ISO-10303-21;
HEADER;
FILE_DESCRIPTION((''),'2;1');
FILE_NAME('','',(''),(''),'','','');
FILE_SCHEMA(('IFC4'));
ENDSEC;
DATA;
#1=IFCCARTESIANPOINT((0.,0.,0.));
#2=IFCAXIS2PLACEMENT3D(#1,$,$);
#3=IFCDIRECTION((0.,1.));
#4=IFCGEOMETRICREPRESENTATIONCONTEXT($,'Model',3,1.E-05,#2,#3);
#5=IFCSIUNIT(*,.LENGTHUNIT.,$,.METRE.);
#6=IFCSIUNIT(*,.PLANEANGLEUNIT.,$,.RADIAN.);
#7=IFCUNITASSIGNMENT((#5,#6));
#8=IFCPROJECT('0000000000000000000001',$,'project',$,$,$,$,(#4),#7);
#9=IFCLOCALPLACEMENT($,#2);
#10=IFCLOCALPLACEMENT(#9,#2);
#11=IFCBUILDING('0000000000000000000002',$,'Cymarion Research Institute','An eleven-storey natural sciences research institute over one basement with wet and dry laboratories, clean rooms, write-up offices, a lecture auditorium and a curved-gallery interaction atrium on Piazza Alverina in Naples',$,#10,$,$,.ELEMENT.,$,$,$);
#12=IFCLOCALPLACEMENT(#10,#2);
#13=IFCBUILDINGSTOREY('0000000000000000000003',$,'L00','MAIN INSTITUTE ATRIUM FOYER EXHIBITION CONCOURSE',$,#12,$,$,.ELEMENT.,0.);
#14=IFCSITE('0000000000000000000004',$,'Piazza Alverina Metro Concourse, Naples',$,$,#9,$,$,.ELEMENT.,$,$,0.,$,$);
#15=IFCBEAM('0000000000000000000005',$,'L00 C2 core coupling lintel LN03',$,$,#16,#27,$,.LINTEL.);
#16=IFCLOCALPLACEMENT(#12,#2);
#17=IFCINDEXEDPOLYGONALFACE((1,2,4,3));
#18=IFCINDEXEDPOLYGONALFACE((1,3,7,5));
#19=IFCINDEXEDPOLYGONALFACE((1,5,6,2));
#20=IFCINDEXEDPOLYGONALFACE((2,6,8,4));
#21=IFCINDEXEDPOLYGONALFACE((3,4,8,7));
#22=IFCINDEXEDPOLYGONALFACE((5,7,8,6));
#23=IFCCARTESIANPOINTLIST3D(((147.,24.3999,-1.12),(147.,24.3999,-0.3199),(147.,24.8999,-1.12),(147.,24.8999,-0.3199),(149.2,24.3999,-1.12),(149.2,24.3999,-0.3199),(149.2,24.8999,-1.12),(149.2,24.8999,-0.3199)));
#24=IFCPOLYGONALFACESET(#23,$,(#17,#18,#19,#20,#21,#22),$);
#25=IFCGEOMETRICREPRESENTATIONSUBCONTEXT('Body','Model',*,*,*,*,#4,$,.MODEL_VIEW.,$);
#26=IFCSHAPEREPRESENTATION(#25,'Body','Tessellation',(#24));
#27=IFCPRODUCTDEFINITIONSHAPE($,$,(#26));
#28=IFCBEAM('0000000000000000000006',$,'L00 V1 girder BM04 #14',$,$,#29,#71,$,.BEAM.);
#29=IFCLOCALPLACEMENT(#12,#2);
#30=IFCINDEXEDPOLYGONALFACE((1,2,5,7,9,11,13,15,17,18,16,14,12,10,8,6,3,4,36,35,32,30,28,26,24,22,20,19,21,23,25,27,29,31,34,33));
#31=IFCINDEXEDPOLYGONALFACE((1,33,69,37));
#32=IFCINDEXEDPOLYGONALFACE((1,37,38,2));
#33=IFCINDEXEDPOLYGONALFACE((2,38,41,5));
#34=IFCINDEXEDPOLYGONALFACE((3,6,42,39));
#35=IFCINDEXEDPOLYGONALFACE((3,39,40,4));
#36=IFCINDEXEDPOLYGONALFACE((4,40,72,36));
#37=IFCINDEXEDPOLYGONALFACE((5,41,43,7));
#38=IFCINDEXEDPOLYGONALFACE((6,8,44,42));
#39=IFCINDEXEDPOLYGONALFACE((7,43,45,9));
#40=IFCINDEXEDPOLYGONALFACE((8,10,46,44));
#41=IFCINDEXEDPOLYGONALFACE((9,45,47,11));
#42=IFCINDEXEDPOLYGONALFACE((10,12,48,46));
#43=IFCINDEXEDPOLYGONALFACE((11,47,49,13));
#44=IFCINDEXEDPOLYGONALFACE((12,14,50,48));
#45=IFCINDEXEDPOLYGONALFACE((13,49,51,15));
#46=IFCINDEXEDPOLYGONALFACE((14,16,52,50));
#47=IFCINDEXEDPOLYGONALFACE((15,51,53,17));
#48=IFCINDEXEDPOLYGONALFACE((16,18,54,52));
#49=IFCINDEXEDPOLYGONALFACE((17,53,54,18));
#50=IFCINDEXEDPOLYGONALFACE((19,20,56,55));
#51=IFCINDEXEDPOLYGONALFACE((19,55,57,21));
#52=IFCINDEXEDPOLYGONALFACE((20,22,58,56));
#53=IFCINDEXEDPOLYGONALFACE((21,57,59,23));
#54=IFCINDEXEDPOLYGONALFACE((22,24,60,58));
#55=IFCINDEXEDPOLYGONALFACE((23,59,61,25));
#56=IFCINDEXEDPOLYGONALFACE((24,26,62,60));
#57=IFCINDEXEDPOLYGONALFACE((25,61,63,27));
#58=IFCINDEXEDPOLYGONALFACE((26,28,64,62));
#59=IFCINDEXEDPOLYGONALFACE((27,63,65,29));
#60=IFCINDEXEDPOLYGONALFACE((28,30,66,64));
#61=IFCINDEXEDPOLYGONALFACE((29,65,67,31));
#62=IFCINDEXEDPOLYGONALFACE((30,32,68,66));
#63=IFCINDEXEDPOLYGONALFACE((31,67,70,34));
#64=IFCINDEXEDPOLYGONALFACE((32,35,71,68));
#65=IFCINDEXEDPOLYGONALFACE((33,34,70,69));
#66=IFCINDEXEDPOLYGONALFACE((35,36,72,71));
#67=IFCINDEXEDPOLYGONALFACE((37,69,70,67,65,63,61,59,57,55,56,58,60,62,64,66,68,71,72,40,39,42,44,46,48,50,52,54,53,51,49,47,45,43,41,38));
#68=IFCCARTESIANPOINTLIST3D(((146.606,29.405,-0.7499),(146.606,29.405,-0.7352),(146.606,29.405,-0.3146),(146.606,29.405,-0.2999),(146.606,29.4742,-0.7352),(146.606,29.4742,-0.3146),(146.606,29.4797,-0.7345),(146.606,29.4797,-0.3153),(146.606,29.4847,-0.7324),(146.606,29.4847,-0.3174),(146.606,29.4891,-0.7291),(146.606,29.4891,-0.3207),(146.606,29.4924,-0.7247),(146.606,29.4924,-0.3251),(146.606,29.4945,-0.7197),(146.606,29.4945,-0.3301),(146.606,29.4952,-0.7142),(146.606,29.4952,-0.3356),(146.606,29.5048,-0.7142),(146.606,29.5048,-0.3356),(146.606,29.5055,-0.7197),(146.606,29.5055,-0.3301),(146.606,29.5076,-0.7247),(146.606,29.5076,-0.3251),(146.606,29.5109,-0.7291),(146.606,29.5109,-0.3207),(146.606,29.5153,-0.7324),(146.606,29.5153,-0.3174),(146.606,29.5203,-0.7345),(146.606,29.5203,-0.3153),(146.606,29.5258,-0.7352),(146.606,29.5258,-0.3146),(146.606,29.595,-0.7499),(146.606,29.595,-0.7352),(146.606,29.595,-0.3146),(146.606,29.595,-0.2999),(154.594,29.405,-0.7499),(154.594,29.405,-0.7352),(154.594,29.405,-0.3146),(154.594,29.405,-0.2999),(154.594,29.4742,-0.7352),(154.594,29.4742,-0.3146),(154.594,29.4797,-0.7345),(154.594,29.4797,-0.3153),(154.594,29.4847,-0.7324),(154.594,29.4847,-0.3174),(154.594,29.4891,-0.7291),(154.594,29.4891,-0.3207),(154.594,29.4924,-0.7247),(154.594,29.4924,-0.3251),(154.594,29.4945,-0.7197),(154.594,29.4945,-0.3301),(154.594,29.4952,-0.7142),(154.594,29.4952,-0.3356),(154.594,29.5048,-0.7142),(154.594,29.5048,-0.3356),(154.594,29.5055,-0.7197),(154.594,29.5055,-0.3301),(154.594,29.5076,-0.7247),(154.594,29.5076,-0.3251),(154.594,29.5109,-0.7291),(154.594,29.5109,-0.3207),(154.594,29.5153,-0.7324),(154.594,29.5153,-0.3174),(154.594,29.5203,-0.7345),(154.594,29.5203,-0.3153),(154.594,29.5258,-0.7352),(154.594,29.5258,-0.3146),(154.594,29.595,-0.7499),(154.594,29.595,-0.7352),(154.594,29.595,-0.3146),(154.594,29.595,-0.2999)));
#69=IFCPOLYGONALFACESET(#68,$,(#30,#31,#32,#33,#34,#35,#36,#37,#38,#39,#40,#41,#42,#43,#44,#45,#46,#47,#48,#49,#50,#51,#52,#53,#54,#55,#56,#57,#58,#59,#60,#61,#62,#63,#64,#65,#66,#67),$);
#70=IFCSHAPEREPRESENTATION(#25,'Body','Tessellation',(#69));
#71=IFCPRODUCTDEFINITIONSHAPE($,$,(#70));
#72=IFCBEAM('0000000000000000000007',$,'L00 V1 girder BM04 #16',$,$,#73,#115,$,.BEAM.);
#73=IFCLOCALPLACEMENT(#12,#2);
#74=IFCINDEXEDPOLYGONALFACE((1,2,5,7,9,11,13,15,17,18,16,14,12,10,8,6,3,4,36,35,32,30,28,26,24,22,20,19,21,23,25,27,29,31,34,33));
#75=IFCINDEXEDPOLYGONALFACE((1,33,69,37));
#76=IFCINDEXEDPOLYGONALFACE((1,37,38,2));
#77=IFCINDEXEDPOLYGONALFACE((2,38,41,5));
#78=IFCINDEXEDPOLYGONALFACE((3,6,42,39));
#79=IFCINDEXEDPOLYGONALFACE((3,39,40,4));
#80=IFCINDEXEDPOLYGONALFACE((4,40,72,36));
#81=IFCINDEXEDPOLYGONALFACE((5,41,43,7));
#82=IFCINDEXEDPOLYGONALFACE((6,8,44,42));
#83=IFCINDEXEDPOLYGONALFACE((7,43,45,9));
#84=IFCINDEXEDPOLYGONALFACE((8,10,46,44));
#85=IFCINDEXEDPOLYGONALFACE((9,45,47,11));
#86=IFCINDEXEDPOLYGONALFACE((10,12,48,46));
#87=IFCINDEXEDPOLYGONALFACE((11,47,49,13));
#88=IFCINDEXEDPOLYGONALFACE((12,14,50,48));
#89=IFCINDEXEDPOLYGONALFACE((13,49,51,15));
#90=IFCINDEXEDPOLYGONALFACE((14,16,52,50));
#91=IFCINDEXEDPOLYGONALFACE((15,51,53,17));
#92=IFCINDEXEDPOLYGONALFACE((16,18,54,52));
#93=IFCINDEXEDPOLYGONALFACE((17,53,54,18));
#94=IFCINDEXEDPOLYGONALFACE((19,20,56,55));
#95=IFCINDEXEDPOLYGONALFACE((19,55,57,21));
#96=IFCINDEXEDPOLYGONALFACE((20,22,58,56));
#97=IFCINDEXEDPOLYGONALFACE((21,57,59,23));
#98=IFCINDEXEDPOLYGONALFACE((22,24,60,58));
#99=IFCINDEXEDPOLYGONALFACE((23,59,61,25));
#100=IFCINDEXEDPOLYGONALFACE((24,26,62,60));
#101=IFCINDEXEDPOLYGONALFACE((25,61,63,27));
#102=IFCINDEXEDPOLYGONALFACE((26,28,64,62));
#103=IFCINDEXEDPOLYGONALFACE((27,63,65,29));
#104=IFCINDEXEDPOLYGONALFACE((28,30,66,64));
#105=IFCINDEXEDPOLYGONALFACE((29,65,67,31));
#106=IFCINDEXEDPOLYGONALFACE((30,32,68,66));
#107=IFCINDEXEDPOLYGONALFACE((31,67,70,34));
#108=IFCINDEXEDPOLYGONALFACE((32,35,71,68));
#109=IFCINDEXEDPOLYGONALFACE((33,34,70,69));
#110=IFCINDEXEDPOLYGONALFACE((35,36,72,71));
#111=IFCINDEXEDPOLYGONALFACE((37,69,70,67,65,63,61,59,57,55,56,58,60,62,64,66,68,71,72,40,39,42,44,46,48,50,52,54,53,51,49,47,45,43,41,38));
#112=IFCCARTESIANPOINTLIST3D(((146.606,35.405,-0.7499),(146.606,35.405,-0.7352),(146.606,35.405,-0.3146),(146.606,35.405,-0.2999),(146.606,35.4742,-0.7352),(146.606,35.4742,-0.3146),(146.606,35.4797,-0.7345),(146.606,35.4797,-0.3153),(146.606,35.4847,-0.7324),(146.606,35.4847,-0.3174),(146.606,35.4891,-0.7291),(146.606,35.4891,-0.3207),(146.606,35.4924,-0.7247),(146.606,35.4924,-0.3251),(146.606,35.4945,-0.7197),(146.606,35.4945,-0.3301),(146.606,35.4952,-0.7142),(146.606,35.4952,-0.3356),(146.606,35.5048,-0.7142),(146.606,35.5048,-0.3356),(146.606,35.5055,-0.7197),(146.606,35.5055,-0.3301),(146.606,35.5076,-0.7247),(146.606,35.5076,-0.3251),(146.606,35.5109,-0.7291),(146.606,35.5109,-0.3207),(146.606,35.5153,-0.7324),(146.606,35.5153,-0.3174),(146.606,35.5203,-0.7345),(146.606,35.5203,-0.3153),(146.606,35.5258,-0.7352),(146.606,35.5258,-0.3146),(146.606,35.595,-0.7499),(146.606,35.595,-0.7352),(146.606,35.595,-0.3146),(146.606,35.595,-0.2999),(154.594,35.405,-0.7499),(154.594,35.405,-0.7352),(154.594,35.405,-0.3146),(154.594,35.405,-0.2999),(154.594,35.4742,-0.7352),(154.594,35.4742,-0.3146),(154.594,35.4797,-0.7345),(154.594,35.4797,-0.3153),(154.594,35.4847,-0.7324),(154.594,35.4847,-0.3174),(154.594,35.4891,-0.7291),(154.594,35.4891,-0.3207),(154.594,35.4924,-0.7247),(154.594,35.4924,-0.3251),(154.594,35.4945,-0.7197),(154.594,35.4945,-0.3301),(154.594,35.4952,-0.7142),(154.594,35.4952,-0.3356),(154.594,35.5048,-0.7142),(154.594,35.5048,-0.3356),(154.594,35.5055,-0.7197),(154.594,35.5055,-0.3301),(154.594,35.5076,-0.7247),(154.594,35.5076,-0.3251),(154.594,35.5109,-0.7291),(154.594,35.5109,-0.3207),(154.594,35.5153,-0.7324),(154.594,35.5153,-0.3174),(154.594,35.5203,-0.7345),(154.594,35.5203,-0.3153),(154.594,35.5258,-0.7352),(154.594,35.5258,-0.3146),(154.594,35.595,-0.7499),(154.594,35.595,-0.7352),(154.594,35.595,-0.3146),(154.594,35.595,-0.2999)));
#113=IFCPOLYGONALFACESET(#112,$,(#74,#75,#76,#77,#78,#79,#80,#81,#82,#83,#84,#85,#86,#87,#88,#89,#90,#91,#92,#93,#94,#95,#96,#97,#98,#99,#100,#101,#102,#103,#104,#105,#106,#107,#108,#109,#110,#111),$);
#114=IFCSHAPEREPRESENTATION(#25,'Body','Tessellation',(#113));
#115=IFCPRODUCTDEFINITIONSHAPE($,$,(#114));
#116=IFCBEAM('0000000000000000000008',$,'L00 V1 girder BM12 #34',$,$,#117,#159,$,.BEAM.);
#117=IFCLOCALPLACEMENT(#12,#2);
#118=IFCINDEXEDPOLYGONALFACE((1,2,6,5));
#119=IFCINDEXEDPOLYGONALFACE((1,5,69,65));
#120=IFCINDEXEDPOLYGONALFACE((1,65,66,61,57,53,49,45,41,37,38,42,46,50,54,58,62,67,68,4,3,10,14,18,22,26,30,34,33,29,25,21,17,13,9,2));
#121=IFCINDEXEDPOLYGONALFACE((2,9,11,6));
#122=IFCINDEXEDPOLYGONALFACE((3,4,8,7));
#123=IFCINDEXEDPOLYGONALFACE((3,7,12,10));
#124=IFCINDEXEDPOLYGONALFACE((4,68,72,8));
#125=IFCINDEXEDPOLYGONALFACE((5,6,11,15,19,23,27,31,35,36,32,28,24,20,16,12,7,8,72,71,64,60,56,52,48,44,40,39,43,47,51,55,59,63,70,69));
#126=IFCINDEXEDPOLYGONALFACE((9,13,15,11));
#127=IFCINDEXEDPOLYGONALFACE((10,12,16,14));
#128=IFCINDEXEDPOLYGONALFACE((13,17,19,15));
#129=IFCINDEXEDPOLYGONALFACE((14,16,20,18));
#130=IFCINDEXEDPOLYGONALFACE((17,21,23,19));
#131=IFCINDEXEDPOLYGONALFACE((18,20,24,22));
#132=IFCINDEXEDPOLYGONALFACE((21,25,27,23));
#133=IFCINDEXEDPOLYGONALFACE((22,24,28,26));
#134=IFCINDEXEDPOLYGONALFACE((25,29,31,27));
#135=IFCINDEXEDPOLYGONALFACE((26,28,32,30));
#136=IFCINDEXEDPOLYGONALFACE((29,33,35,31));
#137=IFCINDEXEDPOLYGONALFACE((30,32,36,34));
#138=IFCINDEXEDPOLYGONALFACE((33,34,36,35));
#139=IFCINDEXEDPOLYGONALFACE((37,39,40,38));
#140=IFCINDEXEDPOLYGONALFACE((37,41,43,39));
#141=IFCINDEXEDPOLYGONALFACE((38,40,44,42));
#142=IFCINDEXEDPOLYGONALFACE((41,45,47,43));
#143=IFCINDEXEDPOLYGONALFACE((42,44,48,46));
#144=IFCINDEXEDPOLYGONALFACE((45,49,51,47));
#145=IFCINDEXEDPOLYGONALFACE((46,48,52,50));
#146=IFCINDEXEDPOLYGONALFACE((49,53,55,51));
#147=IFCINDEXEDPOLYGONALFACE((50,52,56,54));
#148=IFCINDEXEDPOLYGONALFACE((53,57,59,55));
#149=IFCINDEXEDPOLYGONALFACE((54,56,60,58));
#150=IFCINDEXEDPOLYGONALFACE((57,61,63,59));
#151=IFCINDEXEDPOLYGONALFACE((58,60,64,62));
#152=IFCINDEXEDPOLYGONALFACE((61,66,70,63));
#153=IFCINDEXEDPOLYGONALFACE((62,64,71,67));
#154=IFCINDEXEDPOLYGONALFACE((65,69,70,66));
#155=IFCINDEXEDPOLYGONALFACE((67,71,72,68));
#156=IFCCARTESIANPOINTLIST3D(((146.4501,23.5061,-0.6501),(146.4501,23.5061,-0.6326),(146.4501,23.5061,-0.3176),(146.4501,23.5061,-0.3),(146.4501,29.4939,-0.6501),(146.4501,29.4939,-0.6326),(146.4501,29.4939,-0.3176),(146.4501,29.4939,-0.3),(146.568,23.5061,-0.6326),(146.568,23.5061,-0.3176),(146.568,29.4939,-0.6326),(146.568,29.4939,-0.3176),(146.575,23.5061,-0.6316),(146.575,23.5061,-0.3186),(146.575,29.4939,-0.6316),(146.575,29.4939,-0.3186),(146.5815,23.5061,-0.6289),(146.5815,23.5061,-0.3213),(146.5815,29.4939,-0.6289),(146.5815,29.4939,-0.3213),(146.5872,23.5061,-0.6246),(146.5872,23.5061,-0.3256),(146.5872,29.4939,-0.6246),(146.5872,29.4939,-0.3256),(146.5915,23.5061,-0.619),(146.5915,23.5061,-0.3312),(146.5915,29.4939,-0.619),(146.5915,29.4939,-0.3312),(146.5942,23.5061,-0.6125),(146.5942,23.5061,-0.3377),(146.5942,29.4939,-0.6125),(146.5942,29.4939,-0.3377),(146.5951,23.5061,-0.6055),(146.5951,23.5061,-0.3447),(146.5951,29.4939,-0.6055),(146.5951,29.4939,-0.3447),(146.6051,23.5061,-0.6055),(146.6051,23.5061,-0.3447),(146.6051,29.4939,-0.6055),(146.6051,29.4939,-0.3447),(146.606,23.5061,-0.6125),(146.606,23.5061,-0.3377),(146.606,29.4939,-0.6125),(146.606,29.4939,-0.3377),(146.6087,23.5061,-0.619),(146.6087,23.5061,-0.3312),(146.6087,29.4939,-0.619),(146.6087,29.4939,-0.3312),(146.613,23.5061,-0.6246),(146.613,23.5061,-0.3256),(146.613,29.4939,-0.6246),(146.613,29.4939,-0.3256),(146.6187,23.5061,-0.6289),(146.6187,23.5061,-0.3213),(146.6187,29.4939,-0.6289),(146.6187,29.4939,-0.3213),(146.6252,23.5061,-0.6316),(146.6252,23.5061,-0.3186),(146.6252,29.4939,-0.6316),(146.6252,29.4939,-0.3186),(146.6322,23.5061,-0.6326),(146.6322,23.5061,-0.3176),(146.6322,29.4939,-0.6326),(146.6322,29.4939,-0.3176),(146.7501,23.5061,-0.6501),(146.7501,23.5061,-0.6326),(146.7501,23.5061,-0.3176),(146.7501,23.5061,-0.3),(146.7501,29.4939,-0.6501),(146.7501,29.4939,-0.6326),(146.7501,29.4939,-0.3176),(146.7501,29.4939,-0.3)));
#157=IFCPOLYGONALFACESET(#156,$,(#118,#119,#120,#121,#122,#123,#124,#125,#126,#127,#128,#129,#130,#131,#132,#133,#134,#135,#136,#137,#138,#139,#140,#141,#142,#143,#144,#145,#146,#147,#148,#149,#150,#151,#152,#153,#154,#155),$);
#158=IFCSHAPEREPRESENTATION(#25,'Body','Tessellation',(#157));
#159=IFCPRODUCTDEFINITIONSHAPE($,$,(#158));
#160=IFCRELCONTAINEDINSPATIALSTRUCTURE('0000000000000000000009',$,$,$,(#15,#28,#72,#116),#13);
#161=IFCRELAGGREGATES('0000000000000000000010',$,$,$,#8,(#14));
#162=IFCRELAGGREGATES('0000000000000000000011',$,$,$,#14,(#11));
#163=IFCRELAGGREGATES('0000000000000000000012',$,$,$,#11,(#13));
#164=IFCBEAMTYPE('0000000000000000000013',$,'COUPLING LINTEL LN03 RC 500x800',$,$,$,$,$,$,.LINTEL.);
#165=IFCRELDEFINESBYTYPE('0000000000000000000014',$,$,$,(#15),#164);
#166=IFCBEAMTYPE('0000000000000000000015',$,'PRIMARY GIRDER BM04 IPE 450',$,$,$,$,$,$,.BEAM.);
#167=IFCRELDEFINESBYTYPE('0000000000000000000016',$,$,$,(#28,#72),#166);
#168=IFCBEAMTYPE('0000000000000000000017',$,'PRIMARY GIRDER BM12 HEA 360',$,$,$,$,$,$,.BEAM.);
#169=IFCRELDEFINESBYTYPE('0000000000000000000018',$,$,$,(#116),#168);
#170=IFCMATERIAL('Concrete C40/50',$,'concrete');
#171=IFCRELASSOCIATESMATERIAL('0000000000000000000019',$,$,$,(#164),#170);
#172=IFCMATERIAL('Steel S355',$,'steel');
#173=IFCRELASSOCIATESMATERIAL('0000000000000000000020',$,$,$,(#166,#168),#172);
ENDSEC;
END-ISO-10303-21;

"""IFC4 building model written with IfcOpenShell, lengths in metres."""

from ifc_helpers import new_model, si_unit, direction, frame, origin, origin_2d, place, context, subcontext, project, spatial, rectangle, i_section, extrude, material, material_profile, profile_set, type_object, element, save


model = new_model("IFC4")

# Units and contexts
model_context = context("Model", 3, precision=1e-05, world=origin(), true_north=direction((0.0, 1.0)))
body_context = subcontext(model_context, "Body", "Model", "MODEL_VIEW")
ifc_project = project(units=[si_unit("LENGTHUNIT", "METRE"), si_unit("PLANEANGLEUNIT", "RADIAN")], contexts=[model_context])

# Site, building, storey
site_placement = place(None, origin())
site = spatial("IfcSite", under=ifc_project, at=site_placement, Name="Piazza Alverina Metro Concourse, Naples", CompositionType="ELEMENT", RefElevation=0.0)
building_placement = place(site_placement, origin())
building = spatial("IfcBuilding", under=site, at=building_placement, Name="Cymarion Research Institute", Description="An eleven-storey natural sciences research institute over one basement with wet and dry laboratories, clean rooms, write-up offices, a lecture auditorium and a curved-gallery interaction atrium on Piazza Alverina in Naples", CompositionType="ELEMENT")
storey_placement = place(building_placement, origin())
storey = spatial("IfcBuildingStorey", under=building, at=storey_placement, Name="L00", Description="MAIN INSTITUTE ATRIUM FOYER EXHIBITION CONCOURSE", CompositionType="ELEMENT", Elevation=0.0)

# Shared definitions
ifc_material_1 = material(Name="Steel S355", Category="steel")

# Beams
ifc_material_2 = material(Name="Concrete C40/50", Category="concrete")
ifc_material_profile_1 = material_profile(ifc_material_2, rectangle(XDim=0.5, YDim=0.8, at=origin_2d()), Name="RC 500x800")
ifc_profile_set_1 = profile_set([ifc_material_profile_1], Name="Concrete C40/50")
beam_type_1 = type_object("IfcBeamType", Name="COUPLING LINTEL LN03 RC 500x800", PredefinedType="LINTEL", material=ifc_profile_set_1)
beam_placement = place(storey_placement, frame((147.0, 24.6499, -0.72), z_axis=(1.0, 0.0, 0.0), x_axis=(0.0, 1.0, 0.0)))
element("IfcBeam", 1, at=beam_placement, inside=storey, type_object=beam_type_1, Name="L00 C2 core coupling lintel LN03", PredefinedType="LINTEL", context=body_context, shape_type="SweptSolid", body=[
    extrude(rectangle(XDim=0.5, YDim=0.8, at=origin_2d()), origin(), (0.0, 0.0, 1.0), 2.2),
])
ifc_material_profile_2 = material_profile(ifc_material_1, i_section(OverallWidth=0.1899, OverallDepth=0.45, WebThickness=0.0095, FlangeThickness=0.0146, FilletRadius=0.021, at=origin_2d()), Name="IPE 450")
ifc_profile_set_2 = profile_set([ifc_material_profile_2], Name="Steel S355")
beam_type_2 = type_object("IfcBeamType", Name="PRIMARY GIRDER BM04 IPE 450", PredefinedType="BEAM", material=ifc_profile_set_2)
for number, where, z_axis, x_axis, name in (
    (2, (146.606, 29.5, -0.5249), (1.0, 0.0, 0.0), (0.0, 1.0, 0.0), "L00 V1 girder BM04 #14"),
    (3, (146.606, 35.5, -0.5249), (1.0, 0.0, 0.0), (0.0, 1.0, 0.0), "L00 V1 girder BM04 #16"),
):
    element("IfcBeam", number, at=place(storey_placement, frame(where, z_axis=z_axis, x_axis=x_axis)), inside=storey, type_object=beam_type_2, Name=name, PredefinedType="BEAM", context=body_context, shape_type="SweptSolid", body=[
        extrude(i_section(OverallWidth=0.1899, OverallDepth=0.45, WebThickness=0.0095, FlangeThickness=0.0146, FilletRadius=0.021, at=origin_2d()), origin(), (0.0, 0.0, 1.0), 7.988),
    ])
ifc_material_profile_3 = material_profile(ifc_material_1, i_section(OverallWidth=0.3, OverallDepth=0.3501, WebThickness=0.01, FlangeThickness=0.0176, FilletRadius=0.0271, at=origin_2d()), Name="HEA 360")
ifc_profile_set_3 = profile_set([ifc_material_profile_3], Name="Steel S355")
beam_type_3 = type_object("IfcBeamType", Name="PRIMARY GIRDER BM12 HEA 360", PredefinedType="BEAM", material=ifc_profile_set_3)
for number, where, z_axis, x_axis, name in (
    (4, (146.6001, 23.5061, -0.4751), (0.0, 1.0, 0.0), (-1.0, 0.0, 0.0), "L00 V1 girder BM12 #34"),
):
    element("IfcBeam", number, at=place(storey_placement, frame(where, z_axis=z_axis, x_axis=x_axis)), inside=storey, type_object=beam_type_3, Name=name, PredefinedType="BEAM", context=body_context, shape_type="SweptSolid", body=[
        extrude(i_section(OverallWidth=0.3, OverallDepth=0.3501, WebThickness=0.01, FlangeThickness=0.0176, FilletRadius=0.0271, at=origin_2d()), origin(), (0.0, 0.0, 1.0), 5.9878),
    ])

save(model, "model.ifc")
